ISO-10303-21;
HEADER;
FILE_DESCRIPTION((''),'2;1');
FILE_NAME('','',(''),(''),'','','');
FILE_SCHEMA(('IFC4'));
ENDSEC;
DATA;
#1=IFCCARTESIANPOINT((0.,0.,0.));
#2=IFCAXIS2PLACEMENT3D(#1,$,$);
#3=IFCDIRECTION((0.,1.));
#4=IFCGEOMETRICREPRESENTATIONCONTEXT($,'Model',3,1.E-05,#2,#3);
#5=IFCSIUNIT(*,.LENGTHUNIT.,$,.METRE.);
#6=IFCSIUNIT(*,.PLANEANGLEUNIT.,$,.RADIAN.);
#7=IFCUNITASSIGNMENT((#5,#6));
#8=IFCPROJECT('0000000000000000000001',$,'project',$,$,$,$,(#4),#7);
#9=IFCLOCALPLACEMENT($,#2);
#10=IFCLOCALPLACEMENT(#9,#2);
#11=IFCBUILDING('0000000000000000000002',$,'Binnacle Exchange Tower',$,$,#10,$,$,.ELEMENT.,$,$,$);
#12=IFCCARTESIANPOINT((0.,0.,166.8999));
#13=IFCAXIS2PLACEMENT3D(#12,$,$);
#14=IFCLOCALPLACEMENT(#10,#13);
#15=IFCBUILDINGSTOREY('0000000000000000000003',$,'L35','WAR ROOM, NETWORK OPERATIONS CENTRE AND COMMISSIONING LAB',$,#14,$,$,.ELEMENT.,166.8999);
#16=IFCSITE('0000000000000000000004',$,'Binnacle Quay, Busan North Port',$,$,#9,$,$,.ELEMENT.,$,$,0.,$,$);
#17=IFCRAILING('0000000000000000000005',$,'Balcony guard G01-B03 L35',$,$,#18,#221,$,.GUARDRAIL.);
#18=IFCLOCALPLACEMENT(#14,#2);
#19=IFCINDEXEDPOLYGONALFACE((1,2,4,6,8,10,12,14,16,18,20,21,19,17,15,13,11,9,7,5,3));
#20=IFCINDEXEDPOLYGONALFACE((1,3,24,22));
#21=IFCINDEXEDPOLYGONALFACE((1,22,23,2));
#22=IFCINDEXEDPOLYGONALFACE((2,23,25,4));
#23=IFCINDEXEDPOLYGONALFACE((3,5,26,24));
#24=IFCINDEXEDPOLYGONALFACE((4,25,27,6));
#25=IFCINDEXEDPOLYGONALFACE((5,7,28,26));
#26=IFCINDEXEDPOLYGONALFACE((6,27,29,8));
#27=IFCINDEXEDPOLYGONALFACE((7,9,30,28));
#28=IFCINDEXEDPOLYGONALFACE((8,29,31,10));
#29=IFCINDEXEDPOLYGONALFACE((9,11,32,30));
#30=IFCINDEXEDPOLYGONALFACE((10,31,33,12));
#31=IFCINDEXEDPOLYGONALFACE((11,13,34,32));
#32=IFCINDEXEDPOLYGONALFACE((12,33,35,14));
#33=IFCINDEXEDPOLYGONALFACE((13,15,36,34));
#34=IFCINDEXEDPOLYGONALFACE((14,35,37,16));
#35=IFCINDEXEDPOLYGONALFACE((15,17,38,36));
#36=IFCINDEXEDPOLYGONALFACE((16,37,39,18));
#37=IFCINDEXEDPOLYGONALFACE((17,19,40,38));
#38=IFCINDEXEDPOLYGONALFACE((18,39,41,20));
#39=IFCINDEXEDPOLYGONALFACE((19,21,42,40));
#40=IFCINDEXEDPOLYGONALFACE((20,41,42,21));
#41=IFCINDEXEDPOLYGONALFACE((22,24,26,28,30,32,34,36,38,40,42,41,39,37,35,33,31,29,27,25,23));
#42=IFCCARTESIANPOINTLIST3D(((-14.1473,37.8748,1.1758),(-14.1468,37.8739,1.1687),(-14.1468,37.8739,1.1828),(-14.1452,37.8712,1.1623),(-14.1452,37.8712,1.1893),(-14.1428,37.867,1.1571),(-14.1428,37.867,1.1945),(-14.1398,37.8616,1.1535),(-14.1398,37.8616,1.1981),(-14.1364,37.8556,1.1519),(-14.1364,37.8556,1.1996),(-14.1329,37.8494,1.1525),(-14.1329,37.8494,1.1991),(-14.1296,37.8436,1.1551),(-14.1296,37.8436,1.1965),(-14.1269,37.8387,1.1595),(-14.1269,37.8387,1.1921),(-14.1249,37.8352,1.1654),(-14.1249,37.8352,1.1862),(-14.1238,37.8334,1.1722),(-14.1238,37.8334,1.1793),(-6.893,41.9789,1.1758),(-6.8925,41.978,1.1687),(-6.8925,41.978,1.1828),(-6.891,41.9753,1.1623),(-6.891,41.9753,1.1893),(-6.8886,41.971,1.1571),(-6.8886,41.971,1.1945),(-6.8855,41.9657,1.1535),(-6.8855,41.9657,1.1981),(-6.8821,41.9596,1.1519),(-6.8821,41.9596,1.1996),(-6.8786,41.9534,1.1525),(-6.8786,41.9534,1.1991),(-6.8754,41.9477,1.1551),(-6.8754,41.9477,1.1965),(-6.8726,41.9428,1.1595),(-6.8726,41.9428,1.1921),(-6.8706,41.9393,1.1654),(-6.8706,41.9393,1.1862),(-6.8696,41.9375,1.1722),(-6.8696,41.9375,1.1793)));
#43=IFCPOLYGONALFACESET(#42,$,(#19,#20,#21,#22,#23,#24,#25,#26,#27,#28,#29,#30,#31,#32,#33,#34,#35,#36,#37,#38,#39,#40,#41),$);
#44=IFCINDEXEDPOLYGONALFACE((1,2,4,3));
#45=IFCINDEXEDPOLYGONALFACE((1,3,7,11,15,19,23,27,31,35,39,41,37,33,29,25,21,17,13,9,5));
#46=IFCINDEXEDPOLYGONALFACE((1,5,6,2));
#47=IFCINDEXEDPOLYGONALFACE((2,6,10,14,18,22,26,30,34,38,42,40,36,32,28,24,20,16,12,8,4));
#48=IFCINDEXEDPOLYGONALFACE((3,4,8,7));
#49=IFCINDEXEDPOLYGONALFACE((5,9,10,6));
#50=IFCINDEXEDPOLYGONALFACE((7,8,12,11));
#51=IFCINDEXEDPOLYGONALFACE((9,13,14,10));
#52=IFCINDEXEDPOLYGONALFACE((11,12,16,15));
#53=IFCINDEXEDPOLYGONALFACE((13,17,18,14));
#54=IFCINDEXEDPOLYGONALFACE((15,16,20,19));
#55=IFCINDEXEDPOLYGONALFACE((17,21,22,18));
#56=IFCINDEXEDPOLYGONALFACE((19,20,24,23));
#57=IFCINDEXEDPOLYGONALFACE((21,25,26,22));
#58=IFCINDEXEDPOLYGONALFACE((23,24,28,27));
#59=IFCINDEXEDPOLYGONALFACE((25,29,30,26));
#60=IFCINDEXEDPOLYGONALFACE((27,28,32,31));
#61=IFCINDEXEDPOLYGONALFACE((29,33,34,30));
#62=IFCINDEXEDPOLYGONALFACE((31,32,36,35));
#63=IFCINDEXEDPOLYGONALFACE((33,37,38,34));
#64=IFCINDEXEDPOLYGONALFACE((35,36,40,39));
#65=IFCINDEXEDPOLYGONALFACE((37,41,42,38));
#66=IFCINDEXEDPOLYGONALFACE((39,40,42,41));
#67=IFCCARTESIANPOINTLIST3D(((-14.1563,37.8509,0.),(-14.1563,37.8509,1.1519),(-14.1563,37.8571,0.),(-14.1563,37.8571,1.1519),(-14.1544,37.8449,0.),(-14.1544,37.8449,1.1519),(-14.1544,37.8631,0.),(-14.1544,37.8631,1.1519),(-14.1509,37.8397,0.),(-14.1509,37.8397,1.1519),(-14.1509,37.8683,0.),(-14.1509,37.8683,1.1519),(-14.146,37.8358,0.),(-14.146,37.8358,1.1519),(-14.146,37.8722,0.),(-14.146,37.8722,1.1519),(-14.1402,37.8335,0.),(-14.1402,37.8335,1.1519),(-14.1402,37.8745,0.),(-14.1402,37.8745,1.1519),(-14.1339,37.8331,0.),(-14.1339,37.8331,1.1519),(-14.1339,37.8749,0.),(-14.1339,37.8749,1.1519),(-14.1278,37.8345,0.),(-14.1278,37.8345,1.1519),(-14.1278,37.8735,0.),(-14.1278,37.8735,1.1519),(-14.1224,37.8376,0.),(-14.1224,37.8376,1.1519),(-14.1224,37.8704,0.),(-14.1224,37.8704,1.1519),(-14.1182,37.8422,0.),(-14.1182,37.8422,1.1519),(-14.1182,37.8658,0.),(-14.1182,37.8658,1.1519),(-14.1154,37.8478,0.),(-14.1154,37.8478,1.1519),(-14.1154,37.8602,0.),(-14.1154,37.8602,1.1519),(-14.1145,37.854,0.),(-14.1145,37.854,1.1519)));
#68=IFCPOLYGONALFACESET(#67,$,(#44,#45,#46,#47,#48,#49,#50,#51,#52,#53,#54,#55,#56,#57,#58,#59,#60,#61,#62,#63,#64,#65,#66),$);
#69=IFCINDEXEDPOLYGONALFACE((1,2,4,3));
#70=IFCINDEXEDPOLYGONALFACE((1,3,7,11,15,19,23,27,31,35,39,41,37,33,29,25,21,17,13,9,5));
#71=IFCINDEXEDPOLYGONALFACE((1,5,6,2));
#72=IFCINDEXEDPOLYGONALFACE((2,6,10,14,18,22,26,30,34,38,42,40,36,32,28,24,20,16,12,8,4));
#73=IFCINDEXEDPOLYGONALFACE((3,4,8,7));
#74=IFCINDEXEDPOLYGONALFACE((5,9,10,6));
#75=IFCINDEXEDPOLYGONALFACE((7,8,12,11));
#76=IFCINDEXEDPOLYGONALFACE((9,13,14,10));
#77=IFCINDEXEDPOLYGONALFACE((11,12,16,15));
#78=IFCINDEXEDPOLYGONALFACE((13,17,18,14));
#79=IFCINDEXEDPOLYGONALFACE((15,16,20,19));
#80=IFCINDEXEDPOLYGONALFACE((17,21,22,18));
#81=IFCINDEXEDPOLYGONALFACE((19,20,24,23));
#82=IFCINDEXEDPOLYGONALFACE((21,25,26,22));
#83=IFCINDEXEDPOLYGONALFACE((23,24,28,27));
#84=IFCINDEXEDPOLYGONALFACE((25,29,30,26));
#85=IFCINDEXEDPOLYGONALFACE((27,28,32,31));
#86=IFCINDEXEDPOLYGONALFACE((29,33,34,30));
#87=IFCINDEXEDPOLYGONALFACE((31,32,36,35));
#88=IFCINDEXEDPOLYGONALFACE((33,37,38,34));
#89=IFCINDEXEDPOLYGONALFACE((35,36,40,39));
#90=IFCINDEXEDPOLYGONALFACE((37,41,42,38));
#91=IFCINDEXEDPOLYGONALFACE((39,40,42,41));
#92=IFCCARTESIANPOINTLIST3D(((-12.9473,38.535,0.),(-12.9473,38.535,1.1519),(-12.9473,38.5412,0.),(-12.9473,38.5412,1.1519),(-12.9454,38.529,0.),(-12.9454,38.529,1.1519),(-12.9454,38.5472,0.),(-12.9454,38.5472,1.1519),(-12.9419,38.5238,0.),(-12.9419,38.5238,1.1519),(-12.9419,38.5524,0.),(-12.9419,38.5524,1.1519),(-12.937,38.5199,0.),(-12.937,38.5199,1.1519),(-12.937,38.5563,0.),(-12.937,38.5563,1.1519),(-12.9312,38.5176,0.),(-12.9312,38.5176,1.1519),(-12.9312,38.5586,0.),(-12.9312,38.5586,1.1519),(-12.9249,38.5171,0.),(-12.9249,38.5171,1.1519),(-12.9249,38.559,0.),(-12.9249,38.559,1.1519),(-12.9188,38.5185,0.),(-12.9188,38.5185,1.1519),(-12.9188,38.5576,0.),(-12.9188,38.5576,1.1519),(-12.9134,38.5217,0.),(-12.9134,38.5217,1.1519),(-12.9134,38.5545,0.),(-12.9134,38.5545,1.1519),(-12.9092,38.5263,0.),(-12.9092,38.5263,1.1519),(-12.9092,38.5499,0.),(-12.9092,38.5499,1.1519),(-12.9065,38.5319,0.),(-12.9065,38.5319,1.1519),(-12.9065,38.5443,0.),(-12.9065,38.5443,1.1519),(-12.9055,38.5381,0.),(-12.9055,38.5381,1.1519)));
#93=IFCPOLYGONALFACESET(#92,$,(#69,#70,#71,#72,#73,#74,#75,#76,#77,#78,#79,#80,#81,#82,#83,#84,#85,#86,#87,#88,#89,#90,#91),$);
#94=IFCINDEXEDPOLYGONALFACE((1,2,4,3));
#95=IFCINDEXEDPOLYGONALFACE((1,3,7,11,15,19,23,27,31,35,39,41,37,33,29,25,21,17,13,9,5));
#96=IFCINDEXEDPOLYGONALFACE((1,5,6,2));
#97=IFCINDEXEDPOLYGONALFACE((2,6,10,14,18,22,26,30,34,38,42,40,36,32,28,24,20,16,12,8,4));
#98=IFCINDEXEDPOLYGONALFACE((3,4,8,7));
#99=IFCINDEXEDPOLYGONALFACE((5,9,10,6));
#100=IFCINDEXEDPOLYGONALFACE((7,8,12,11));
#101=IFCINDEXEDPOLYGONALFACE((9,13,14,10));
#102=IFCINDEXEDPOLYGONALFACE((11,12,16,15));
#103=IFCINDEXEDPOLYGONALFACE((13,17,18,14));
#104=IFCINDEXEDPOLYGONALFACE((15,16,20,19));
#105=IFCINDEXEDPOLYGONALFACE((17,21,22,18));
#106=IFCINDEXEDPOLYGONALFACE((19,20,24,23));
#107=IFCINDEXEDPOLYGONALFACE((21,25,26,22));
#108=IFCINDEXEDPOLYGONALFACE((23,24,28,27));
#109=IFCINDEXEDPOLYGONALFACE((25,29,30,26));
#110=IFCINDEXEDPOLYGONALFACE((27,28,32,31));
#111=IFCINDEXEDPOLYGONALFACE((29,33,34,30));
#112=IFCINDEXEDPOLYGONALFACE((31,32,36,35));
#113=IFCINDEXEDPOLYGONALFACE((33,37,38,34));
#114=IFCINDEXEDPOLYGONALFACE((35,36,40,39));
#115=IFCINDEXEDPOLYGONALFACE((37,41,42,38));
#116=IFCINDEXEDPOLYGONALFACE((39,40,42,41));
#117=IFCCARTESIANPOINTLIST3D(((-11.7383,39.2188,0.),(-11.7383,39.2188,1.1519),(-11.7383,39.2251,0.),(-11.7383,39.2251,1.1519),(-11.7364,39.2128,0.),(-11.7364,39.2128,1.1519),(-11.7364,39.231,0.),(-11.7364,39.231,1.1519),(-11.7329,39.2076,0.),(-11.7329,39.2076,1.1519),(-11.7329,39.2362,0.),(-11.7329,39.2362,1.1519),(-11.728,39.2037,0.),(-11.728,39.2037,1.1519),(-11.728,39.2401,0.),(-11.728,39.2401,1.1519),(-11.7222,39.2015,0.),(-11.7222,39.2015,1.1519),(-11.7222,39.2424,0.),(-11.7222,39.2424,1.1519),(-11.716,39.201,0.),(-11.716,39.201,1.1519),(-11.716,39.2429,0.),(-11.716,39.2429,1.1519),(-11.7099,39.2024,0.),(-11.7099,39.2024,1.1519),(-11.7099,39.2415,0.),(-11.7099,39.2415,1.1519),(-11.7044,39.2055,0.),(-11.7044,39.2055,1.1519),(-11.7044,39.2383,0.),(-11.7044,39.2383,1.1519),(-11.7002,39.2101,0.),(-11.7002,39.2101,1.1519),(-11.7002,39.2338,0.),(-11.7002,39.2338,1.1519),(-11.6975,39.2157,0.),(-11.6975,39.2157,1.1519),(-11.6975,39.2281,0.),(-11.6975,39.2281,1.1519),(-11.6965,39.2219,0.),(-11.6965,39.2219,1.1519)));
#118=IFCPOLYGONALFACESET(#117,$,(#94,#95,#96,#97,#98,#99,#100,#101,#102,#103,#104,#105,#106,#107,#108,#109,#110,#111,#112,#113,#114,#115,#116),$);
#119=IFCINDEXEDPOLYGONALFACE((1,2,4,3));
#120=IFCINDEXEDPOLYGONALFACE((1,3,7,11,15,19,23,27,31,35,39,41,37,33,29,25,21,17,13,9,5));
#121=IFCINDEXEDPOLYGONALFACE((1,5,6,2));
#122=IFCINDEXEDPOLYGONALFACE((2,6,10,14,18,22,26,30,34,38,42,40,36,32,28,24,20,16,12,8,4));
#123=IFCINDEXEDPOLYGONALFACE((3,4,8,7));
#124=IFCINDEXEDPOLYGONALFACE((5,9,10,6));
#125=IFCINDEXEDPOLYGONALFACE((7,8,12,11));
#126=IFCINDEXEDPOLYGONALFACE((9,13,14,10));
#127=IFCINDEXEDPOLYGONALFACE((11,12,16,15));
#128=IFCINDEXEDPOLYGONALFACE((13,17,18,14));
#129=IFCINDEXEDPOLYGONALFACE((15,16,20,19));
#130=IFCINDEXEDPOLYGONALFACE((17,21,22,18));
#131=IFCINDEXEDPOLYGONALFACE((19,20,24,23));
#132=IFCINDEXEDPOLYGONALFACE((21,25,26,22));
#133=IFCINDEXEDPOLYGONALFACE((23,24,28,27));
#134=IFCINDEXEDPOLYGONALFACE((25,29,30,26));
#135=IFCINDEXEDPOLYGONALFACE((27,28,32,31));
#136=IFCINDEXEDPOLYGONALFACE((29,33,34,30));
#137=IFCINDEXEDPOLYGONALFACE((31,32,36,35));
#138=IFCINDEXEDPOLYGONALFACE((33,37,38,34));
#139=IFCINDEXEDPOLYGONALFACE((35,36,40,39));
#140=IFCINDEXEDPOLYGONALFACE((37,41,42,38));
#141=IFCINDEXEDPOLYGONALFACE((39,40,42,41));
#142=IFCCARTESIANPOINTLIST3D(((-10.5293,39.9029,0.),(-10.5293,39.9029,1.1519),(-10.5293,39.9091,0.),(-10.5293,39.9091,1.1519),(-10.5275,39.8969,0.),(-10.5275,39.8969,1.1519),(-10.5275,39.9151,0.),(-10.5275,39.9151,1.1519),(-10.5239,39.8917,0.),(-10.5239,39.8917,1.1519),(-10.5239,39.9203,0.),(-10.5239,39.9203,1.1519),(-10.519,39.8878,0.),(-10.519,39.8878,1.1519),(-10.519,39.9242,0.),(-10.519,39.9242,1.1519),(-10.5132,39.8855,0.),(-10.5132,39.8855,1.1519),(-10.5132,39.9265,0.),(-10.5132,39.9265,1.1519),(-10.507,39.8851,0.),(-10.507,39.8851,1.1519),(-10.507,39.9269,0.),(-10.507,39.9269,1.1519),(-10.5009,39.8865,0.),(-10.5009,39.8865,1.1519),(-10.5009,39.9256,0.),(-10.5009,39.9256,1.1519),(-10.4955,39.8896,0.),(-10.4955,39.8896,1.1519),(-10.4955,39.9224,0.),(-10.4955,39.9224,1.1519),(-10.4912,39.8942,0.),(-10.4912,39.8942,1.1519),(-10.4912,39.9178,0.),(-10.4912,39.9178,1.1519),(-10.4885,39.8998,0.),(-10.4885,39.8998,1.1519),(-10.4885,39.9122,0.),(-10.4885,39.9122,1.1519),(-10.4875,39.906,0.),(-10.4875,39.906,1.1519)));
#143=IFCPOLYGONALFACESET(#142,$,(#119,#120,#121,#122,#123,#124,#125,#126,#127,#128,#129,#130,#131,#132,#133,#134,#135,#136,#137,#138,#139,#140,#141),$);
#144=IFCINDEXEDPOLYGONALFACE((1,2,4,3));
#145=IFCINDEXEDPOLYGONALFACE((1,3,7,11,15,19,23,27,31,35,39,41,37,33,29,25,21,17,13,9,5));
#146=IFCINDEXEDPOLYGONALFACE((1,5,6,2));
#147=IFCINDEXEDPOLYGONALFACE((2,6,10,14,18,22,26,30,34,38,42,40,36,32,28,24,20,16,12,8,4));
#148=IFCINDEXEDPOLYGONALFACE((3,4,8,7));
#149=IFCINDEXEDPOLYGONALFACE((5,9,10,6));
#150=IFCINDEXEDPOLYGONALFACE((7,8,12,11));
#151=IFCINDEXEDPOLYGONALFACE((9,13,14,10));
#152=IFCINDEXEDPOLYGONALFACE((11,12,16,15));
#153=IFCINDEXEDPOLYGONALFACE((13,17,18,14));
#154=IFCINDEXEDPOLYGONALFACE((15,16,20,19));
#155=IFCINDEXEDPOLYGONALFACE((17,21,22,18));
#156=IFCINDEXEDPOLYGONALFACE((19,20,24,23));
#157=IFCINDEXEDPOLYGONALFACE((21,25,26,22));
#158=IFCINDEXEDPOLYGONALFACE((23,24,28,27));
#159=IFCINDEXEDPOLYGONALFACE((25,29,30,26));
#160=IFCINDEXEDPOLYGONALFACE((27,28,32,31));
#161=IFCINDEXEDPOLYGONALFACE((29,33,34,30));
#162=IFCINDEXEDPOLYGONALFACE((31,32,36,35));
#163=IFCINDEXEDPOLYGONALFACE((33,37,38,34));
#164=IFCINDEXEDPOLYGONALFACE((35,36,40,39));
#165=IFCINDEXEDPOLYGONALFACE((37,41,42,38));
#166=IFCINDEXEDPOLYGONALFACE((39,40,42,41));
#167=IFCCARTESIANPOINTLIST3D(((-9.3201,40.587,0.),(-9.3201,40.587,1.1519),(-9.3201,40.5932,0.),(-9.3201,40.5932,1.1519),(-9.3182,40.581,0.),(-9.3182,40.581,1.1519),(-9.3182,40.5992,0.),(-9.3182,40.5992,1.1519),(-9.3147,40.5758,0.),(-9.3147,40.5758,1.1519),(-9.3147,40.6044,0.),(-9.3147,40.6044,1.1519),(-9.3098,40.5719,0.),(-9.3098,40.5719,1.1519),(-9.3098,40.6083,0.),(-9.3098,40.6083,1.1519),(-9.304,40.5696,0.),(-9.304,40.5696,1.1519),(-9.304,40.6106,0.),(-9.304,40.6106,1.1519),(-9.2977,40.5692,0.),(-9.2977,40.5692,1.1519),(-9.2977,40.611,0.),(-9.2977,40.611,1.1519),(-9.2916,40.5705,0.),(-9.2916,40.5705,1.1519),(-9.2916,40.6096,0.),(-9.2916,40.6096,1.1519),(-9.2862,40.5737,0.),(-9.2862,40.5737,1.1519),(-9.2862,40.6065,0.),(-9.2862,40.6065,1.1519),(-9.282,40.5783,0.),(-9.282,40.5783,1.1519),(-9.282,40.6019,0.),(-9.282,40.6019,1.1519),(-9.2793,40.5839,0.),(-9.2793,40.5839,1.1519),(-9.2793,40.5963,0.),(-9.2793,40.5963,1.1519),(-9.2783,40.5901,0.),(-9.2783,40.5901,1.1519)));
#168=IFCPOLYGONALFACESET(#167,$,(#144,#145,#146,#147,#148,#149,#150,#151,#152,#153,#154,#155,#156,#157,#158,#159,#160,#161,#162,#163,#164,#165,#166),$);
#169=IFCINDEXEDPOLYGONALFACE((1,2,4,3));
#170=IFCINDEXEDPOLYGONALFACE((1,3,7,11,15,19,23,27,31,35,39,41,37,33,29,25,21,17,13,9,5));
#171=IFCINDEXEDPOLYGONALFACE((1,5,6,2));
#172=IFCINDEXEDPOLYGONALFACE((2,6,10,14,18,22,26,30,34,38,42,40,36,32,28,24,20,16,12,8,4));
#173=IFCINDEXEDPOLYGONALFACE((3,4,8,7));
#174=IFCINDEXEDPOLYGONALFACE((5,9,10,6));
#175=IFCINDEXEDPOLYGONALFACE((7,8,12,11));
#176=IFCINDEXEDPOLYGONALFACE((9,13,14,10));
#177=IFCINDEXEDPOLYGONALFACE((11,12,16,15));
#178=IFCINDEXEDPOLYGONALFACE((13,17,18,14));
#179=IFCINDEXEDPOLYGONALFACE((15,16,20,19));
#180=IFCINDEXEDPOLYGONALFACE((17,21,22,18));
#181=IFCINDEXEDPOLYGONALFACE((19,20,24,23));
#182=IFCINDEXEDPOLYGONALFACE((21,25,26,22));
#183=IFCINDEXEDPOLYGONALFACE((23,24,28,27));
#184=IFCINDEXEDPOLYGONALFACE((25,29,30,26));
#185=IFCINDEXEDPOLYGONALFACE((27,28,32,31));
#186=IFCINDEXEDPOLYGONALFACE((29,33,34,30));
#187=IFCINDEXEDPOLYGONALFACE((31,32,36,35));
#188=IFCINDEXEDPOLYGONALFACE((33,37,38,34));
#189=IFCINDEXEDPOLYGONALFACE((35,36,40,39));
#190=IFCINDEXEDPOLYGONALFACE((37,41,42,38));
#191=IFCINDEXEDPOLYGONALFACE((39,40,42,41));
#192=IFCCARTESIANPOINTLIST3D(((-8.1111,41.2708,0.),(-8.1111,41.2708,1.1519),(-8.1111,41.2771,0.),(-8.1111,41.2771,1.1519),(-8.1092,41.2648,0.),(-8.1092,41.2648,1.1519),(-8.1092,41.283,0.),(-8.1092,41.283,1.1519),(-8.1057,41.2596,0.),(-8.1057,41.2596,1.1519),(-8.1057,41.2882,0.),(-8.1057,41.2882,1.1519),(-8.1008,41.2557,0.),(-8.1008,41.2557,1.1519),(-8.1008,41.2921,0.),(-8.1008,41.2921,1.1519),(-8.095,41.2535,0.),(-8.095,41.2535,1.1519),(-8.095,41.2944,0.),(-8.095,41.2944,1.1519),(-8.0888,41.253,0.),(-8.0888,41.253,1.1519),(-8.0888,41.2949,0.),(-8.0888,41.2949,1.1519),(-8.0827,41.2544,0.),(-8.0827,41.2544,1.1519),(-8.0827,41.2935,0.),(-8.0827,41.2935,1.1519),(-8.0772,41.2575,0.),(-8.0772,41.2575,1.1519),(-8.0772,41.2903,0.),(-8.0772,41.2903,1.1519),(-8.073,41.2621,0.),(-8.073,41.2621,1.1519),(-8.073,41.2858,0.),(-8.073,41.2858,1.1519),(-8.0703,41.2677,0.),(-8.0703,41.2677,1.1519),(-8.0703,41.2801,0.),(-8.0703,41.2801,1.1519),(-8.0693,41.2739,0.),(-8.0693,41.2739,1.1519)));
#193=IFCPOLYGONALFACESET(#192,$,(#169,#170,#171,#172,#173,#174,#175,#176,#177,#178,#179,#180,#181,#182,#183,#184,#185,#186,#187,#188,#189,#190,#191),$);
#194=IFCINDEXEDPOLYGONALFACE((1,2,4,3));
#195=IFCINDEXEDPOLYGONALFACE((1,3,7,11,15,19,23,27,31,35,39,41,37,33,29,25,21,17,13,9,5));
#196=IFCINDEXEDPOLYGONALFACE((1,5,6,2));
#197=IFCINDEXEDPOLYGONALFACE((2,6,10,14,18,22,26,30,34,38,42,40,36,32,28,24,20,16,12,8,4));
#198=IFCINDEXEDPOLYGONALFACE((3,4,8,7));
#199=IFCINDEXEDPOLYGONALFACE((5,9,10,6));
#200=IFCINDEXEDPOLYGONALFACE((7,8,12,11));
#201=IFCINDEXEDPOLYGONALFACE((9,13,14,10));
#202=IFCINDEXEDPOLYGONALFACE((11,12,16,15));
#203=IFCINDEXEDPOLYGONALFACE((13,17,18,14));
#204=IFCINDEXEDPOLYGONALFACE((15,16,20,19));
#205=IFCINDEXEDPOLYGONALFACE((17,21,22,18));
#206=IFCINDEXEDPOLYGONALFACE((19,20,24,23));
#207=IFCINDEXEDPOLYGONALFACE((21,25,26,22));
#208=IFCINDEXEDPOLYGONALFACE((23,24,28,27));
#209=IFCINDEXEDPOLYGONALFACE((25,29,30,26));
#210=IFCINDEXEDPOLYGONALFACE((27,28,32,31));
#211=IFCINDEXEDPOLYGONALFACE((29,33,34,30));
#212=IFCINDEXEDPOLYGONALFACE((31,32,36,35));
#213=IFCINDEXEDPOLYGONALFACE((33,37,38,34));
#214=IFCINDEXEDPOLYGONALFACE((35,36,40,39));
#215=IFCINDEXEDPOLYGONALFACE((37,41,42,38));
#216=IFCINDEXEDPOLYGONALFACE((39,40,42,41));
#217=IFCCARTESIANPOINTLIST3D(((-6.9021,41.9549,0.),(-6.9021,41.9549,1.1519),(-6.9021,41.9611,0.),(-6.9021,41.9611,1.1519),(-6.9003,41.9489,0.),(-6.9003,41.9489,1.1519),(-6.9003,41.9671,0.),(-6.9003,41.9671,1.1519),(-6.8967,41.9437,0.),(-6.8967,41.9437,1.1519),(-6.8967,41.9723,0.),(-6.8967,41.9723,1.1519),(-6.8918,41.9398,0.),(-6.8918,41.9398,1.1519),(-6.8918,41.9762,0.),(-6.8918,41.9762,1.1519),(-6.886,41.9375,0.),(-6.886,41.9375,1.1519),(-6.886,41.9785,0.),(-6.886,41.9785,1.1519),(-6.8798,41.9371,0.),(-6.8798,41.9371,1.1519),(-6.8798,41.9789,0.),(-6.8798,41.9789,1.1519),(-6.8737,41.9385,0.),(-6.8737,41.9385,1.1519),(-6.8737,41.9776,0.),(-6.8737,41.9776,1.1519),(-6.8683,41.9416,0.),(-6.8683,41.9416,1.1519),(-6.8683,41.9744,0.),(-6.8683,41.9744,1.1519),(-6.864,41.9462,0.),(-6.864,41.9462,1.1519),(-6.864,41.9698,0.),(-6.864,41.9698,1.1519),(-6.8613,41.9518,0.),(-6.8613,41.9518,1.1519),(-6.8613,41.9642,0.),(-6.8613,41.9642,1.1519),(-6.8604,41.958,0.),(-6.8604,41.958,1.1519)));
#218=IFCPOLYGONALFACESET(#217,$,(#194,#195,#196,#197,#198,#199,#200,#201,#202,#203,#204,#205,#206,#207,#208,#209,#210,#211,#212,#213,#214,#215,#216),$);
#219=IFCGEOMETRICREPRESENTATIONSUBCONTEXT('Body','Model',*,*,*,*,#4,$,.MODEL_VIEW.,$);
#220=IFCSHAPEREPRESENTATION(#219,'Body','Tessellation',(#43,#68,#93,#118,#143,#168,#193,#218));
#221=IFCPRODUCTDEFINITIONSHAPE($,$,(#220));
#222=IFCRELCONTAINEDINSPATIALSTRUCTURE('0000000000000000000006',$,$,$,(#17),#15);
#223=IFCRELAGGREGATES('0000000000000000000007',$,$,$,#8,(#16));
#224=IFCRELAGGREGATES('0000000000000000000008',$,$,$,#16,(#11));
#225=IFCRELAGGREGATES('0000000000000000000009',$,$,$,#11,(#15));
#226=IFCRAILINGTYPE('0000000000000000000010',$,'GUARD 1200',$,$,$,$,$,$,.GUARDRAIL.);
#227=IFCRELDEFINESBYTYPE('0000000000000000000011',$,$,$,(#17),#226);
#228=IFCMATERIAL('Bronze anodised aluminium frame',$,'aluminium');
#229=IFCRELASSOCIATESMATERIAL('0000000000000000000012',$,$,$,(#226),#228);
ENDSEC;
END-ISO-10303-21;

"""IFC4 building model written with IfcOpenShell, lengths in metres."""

from ifc_helpers import new_model, si_unit, direction, frame, origin, origin_2d, place, context, subcontext, project, spatial, circle, extrude, material, type_object, element, save


model = new_model("IFC4")

# Units and contexts
model_context = context("Model", 3, precision=1e-05, world=origin(), true_north=direction((0.0, 1.0)))
body_context = subcontext(model_context, "Body", "Model", "MODEL_VIEW")
ifc_project = project(units=[si_unit("LENGTHUNIT", "METRE"), si_unit("PLANEANGLEUNIT", "RADIAN")], contexts=[model_context])

# Site, building, storey
site_placement = place(None, origin())
site = spatial("IfcSite", under=ifc_project, at=site_placement, Name="Binnacle Quay, Busan North Port", CompositionType="ELEMENT", RefElevation=0.0)
building_placement = place(site_placement, origin())
building = spatial("IfcBuilding", under=site, at=building_placement, Name="Binnacle Exchange Tower", CompositionType="ELEMENT")
storey_placement = place(building_placement, frame((0.0, 0.0, 166.8999)))
storey = spatial("IfcBuildingStorey", under=building, at=storey_placement, Name="L35", Description="WAR ROOM, NETWORK OPERATIONS CENTRE AND COMMISSIONING LAB", CompositionType="ELEMENT", Elevation=166.8999)

# Railing
ifc_material_1 = material(Name="Bronze anodised aluminium frame", Category="aluminium")
railing_type_1 = type_object("IfcRailingType", Name="GUARD 1200", PredefinedType="GUARDRAIL", material=ifc_material_1)
railing_1_placement = place(storey_placement, frame((-14.1355, 37.854, 0.0)))
element("IfcRailing", 1, at=railing_1_placement, inside=storey, type_object=railing_type_1, Name="Balcony guard G01-B03 L35", PredefinedType="GUARDRAIL", context=body_context, shape_type="SweptSolid", body=[
    extrude(circle(Radius=0.0239, at=origin_2d()), frame((0.0, 0.0, 1.1758), z_axis=(0.870366, 0.492406, 0.0), x_axis=(-0.492406, 0.870366, 0.0)), (0.0, 0.0, 1.0), 8.3347),
    extrude(circle(Radius=0.021, at=origin_2d()), origin(), (0.0, 0.0, 1.0), 1.1519),
    extrude(circle(Radius=0.021, at=origin_2d()), frame((1.209, 0.6841, 0.0)), (0.0, 0.0, 1.0), 1.1519),
    extrude(circle(Radius=0.021, at=origin_2d()), frame((2.418, 1.3679, 0.0)), (0.0, 0.0, 1.0), 1.1519),
    extrude(circle(Radius=0.021, at=origin_2d()), frame((3.627, 2.052, 0.0)), (0.0, 0.0, 1.0), 1.1519),
    extrude(circle(Radius=0.021, at=origin_2d()), frame((4.8362, 2.7361, 0.0)), (0.0, 0.0, 1.0), 1.1519),
    extrude(circle(Radius=0.021, at=origin_2d()), frame((6.0452, 3.4199, 0.0)), (0.0, 0.0, 1.0), 1.1519),
    extrude(circle(Radius=0.021, at=origin_2d()), frame((7.2542, 4.104, 0.0)), (0.0, 0.0, 1.0), 1.1519),
])

save(model, "model.ifc")
